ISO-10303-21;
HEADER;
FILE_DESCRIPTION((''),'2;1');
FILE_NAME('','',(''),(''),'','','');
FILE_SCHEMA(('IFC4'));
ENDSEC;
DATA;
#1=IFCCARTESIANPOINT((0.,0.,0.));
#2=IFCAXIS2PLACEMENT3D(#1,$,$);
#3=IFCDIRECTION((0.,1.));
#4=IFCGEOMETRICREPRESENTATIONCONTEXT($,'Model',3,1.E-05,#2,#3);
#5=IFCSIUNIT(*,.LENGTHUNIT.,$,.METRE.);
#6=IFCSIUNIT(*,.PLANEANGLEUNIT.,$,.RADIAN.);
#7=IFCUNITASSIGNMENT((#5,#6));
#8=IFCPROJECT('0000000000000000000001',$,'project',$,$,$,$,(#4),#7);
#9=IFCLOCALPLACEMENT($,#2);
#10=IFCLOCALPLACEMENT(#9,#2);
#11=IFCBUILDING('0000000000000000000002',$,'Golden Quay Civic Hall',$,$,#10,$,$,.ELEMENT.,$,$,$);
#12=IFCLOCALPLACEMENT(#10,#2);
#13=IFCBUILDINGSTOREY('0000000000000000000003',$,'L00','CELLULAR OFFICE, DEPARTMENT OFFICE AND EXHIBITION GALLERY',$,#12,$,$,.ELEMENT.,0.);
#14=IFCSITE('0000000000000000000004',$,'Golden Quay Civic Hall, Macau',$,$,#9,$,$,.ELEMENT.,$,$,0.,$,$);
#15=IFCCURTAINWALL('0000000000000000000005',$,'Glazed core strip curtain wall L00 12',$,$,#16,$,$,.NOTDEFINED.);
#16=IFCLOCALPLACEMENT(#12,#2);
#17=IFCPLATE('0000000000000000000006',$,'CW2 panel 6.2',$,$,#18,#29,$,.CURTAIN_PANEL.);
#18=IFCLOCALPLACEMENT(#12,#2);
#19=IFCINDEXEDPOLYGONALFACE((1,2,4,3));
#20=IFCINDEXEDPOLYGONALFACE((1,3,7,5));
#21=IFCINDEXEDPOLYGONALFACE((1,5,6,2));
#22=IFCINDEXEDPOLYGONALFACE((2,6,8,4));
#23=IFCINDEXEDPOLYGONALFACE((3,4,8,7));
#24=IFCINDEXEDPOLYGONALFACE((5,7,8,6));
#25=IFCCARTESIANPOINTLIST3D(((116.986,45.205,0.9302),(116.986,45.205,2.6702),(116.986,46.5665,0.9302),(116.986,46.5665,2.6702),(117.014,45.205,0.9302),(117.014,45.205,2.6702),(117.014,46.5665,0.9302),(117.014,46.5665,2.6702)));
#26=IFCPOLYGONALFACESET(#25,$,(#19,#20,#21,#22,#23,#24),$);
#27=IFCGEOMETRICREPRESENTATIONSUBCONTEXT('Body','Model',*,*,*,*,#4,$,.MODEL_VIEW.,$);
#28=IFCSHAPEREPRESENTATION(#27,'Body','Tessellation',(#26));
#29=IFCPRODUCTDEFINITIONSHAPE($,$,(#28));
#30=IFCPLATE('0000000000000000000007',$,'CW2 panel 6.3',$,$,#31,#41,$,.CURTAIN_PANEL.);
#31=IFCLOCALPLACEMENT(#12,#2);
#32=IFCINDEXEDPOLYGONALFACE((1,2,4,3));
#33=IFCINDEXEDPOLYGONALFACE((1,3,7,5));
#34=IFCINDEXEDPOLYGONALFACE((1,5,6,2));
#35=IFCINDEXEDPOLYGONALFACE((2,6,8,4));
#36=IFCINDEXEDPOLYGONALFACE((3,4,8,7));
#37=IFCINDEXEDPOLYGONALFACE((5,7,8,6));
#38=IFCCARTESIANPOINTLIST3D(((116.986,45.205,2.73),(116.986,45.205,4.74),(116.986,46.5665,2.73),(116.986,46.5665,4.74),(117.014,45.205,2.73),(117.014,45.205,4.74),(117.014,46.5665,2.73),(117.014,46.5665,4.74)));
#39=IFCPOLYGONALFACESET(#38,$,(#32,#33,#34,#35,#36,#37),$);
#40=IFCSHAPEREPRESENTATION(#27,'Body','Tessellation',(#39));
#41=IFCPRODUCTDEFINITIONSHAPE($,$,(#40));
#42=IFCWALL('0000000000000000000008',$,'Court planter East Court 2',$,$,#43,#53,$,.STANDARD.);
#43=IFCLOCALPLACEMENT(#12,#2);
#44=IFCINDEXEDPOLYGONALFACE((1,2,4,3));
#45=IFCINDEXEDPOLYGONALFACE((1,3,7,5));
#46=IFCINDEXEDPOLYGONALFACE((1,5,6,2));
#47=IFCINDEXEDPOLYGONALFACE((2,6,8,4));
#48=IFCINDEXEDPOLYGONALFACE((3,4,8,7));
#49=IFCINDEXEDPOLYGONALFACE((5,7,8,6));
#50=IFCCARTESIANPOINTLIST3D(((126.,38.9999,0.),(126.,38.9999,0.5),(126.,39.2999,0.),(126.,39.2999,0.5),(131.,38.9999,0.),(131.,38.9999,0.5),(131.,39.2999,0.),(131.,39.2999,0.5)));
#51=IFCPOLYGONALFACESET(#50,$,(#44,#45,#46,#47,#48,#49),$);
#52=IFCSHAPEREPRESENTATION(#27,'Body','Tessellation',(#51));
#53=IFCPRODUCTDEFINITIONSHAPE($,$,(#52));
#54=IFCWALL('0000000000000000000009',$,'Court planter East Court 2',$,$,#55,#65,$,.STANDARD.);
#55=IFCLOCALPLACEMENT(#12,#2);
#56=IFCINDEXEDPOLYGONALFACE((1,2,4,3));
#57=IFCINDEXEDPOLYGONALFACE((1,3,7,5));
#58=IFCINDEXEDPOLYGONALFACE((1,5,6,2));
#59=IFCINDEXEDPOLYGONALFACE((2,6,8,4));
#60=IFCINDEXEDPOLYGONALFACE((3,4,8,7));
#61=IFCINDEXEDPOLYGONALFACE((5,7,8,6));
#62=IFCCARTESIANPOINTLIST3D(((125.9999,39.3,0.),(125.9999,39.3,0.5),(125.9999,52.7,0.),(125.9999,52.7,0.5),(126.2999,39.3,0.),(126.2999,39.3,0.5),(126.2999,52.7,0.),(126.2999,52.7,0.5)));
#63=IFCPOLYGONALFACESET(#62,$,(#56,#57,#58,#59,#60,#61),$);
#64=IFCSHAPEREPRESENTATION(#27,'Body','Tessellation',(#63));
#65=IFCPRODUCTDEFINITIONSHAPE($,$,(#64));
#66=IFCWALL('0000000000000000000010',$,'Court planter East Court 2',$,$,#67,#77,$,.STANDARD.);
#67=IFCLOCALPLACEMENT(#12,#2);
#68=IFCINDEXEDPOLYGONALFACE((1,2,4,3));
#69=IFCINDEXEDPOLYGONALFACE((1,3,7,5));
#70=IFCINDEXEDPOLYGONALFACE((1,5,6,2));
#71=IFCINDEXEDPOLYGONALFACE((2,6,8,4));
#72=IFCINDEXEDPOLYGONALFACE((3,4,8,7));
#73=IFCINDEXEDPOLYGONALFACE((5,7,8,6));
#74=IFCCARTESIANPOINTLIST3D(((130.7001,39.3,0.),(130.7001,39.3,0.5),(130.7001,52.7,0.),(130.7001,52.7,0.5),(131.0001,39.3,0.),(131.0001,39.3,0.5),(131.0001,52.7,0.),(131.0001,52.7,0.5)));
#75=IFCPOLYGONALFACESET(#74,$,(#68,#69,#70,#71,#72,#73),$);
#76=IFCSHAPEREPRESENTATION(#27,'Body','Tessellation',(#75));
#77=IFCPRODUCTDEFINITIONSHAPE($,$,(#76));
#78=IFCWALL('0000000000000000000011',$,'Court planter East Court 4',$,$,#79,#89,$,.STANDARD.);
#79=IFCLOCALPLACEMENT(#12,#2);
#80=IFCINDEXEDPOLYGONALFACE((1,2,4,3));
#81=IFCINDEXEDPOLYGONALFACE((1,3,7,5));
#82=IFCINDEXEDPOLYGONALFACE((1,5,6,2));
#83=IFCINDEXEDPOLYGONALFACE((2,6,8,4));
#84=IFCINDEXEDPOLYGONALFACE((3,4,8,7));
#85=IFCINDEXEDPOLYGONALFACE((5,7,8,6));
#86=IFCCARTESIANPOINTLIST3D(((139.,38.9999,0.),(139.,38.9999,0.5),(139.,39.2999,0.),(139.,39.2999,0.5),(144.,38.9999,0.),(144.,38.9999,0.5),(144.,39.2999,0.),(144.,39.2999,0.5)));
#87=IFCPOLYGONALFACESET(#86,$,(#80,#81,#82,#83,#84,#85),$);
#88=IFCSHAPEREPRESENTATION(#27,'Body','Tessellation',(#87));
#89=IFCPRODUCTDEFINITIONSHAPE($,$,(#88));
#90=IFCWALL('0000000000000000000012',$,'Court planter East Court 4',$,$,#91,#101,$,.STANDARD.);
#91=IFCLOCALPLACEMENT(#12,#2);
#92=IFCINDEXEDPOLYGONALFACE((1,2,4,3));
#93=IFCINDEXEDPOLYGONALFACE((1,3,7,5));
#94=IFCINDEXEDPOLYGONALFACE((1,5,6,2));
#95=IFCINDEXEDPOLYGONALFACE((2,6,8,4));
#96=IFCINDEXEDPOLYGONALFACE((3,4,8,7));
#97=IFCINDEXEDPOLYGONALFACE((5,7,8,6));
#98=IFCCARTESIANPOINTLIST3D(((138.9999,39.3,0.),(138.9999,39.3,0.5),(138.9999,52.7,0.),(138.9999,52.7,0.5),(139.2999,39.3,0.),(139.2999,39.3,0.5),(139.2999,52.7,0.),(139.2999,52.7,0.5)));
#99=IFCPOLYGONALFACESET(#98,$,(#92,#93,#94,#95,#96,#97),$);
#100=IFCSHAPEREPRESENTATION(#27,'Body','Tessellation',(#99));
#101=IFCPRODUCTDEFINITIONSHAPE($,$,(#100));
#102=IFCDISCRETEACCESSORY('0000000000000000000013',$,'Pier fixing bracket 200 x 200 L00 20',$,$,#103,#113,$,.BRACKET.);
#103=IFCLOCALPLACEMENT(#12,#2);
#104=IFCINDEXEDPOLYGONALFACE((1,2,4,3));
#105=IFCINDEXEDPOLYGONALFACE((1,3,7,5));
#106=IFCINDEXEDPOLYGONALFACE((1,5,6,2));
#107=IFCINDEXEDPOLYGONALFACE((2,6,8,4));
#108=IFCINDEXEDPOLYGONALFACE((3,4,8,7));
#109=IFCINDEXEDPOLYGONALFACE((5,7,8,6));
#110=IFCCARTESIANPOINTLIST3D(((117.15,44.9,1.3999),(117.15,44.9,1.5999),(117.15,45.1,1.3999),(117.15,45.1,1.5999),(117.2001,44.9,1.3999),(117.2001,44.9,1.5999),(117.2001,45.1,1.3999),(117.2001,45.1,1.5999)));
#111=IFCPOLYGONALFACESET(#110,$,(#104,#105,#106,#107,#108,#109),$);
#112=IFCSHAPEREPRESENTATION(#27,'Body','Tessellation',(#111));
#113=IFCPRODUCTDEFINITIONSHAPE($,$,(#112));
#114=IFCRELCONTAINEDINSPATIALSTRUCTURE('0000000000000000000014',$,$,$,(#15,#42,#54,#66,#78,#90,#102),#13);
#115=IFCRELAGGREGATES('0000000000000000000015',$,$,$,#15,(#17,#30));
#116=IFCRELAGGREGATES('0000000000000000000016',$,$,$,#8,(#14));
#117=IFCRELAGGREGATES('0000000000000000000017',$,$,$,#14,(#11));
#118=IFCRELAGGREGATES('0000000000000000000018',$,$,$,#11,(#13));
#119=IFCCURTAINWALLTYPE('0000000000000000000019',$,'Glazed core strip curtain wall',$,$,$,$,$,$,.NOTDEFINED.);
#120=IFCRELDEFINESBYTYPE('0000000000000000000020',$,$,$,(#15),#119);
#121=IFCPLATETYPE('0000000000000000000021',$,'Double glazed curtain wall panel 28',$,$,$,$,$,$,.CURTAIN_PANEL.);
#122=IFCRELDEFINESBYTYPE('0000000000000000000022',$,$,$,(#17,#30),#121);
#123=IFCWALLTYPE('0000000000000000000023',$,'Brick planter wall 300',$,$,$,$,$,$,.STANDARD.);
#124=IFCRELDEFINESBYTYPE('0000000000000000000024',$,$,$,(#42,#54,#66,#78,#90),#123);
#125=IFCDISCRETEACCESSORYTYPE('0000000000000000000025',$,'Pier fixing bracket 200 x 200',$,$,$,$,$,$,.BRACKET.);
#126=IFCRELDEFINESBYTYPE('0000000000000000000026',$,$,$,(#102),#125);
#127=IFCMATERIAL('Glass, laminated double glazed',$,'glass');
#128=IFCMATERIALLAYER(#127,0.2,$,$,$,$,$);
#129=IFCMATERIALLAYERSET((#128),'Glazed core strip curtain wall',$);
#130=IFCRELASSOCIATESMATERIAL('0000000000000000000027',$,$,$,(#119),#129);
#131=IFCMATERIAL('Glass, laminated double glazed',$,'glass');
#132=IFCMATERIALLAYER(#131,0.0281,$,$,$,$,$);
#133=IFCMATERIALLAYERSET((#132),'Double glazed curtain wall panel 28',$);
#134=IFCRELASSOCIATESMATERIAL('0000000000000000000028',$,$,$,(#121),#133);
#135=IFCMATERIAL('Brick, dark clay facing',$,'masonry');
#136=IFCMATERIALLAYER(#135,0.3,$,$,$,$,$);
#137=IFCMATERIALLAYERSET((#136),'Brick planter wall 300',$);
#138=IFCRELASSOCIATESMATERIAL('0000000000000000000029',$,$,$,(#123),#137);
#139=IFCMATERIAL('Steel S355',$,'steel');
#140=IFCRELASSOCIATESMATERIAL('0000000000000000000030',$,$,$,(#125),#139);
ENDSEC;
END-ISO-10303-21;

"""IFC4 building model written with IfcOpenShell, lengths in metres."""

from ifc_helpers import new_model, si_unit, direction, frame, frame_2d, origin, origin_2d, place, context, subcontext, project, spatial, rectangle, extrude, material, layer, layer_set, type_object, element, aggregate, save


model = new_model("IFC4")

# Units and contexts
model_context = context("Model", 3, precision=1e-05, world=origin(), true_north=direction((0.0, 1.0)))
body_context = subcontext(model_context, "Body", "Model", "MODEL_VIEW")
ifc_project = project(units=[si_unit("LENGTHUNIT", "METRE"), si_unit("PLANEANGLEUNIT", "RADIAN")], contexts=[model_context])

# Site, building, storey
site_placement = place(None, origin())
site = spatial("IfcSite", under=ifc_project, at=site_placement, Name="Golden Quay Civic Hall, Macau", CompositionType="ELEMENT", RefElevation=0.0)
building_placement = place(site_placement, origin())
building = spatial("IfcBuilding", under=site, at=building_placement, Name="Golden Quay Civic Hall", CompositionType="ELEMENT")
storey_placement = place(building_placement, origin())
storey = spatial("IfcBuildingStorey", under=building, at=storey_placement, Name="L00", Description="CELLULAR OFFICE, DEPARTMENT OFFICE AND EXHIBITION GALLERY", CompositionType="ELEMENT", Elevation=0.0)

# Shared definitions
ifc_material_1 = material(Name="Glass, laminated double glazed", Category="glass")
ifc_layer_1 = layer(ifc_material_1, 0.2)
ifc_layer_set_1 = layer_set([ifc_layer_1], Name="Glazed core strip curtain wall")
curtain_wall_type = type_object("IfcCurtainWallType", Name="Glazed core strip curtain wall", PredefinedType="NOTDEFINED", material=ifc_layer_set_1)

# Curtain wall
curtain_wall_1_placement = place(storey_placement, origin())
curtain_wall_1 = element("IfcCurtainWall", 1, at=curtain_wall_1_placement, inside=storey, type_object=curtain_wall_type, Name="Glazed core strip curtain wall L00 12", PredefinedType="NOTDEFINED")

# Plates
ifc_material_2 = material(Name="Glass, laminated double glazed", Category="glass")
ifc_layer_2 = layer(ifc_material_2, 0.0281)
ifc_layer_set_2 = layer_set([ifc_layer_2], Name="Double glazed curtain wall panel 28")
plate_type = type_object("IfcPlateType", Name="Double glazed curtain wall panel 28", PredefinedType="CURTAIN_PANEL", material=ifc_layer_set_2)
plate_1_placement = place(storey_placement, frame((117.0, 45.8857, 0.9302), z_axis=(0.0, 0.0, 1.0), x_axis=(0.0, -1.0, 0.0)))
plate_1 = element("IfcPlate", 2, at=plate_1_placement, type_object=plate_type, Name="CW2 panel 6.2", PredefinedType="CURTAIN_PANEL", context=body_context, shape_type="SweptSolid", body=[
    extrude(rectangle(XDim=1.3616, YDim=0.0281, at=origin_2d()), origin(), (0.0, 0.0, 1.0), 1.74),
])
plate_2_placement = place(storey_placement, frame((117.0, 45.8857, 2.73), z_axis=(0.0, 0.0, 1.0), x_axis=(0.0, -1.0, 0.0)))
plate_2 = element("IfcPlate", 3, at=plate_2_placement, type_object=plate_type, Name="CW2 panel 6.3", PredefinedType="CURTAIN_PANEL", context=body_context, shape_type="SweptSolid", body=[
    extrude(rectangle(XDim=1.3616, YDim=0.0281, at=origin_2d()), origin(), (0.0, 0.0, 1.0), 2.01),
])
aggregate(curtain_wall_1, [plate_1, plate_2])

# Walls
ifc_material_3 = material(Name="Brick, dark clay facing", Category="masonry")
ifc_layer_3 = layer(ifc_material_3, 0.3)
ifc_layer_set_3 = layer_set([ifc_layer_3], Name="Brick planter wall 300")
wall_type = type_object("IfcWallType", Name="Brick planter wall 300", PredefinedType="STANDARD", material=ifc_layer_set_3)
wall_1_placement = place(storey_placement, frame((126.0, 39.1499, 0.0), z_axis=(0.0, 0.0, 1.0), x_axis=(1.0, 0.0, 0.0)))
element("IfcWall", 4, at=wall_1_placement, inside=storey, type_object=wall_type, Name="Court planter East Court 2", PredefinedType="STANDARD", context=body_context, shape_type="SweptSolid", body=[
    extrude(rectangle(XDim=5.0, YDim=0.3, at=frame_2d((2.5, 0.0))), origin(), (0.0, 0.0, 1.0), 0.5),
])
for number, where, z_axis, x_axis, name in (
    (5, (126.1499, 39.3, 0.0), (0.0, 0.0, 1.0), (0.0, 1.0, 0.0), "Court planter East Court 2"),
    (6, (130.8501, 39.3, 0.0), (0.0, 0.0, 1.0), (0.0, 1.0, 0.0), "Court planter East Court 2"),
):
    element("IfcWall", number, at=place(storey_placement, frame(where, z_axis=z_axis, x_axis=x_axis)), inside=storey, type_object=wall_type, Name=name, PredefinedType="STANDARD", context=body_context, shape_type="SweptSolid", body=[
        extrude(rectangle(XDim=13.3999, YDim=0.3, at=frame_2d((6.7, 0.0))), origin(), (0.0, 0.0, 1.0), 0.5),
    ])
wall_2_placement = place(storey_placement, frame((139.0, 39.1499, 0.0), z_axis=(0.0, 0.0, 1.0), x_axis=(1.0, 0.0, 0.0)))
element("IfcWall", 7, at=wall_2_placement, inside=storey, type_object=wall_type, Name="Court planter East Court 4", PredefinedType="STANDARD", context=body_context, shape_type="SweptSolid", body=[
    extrude(rectangle(XDim=5.0, YDim=0.3, at=frame_2d((2.5, 0.0))), origin(), (0.0, 0.0, 1.0), 0.5),
])
wall_3_placement = place(storey_placement, frame((139.1499, 39.3, 0.0), z_axis=(0.0, 0.0, 1.0), x_axis=(0.0, 1.0, 0.0)))
element("IfcWall", 8, at=wall_3_placement, inside=storey, type_object=wall_type, Name="Court planter East Court 4", PredefinedType="STANDARD", context=body_context, shape_type="SweptSolid", body=[
    extrude(rectangle(XDim=13.3999, YDim=0.3, at=frame_2d((6.7, 0.0))), origin(), (0.0, 0.0, 1.0), 0.5),
])

# Discrete accessory
ifc_material_4 = material(Name="Steel S355", Category="steel")
discrete_accessory_type = type_object("IfcDiscreteAccessoryType", Name="Pier fixing bracket 200 x 200", PredefinedType="BRACKET", material=ifc_material_4)
discrete_accessory_placement = place(storey_placement, frame((117.175, 45.0, 1.3999), z_axis=(0.0, 0.0, 1.0), x_axis=(0.0, 1.0, 0.0)))
element("IfcDiscreteAccessory", 9, at=discrete_accessory_placement, inside=storey, type_object=discrete_accessory_type, Name="Pier fixing bracket 200 x 200 L00 20", PredefinedType="BRACKET", context=body_context, shape_type="SweptSolid", body=[
    extrude(rectangle(XDim=0.2, YDim=0.05, at=origin_2d()), origin(), (0.0, 0.0, 1.0), 0.2),
])

save(model, "model.ifc")
